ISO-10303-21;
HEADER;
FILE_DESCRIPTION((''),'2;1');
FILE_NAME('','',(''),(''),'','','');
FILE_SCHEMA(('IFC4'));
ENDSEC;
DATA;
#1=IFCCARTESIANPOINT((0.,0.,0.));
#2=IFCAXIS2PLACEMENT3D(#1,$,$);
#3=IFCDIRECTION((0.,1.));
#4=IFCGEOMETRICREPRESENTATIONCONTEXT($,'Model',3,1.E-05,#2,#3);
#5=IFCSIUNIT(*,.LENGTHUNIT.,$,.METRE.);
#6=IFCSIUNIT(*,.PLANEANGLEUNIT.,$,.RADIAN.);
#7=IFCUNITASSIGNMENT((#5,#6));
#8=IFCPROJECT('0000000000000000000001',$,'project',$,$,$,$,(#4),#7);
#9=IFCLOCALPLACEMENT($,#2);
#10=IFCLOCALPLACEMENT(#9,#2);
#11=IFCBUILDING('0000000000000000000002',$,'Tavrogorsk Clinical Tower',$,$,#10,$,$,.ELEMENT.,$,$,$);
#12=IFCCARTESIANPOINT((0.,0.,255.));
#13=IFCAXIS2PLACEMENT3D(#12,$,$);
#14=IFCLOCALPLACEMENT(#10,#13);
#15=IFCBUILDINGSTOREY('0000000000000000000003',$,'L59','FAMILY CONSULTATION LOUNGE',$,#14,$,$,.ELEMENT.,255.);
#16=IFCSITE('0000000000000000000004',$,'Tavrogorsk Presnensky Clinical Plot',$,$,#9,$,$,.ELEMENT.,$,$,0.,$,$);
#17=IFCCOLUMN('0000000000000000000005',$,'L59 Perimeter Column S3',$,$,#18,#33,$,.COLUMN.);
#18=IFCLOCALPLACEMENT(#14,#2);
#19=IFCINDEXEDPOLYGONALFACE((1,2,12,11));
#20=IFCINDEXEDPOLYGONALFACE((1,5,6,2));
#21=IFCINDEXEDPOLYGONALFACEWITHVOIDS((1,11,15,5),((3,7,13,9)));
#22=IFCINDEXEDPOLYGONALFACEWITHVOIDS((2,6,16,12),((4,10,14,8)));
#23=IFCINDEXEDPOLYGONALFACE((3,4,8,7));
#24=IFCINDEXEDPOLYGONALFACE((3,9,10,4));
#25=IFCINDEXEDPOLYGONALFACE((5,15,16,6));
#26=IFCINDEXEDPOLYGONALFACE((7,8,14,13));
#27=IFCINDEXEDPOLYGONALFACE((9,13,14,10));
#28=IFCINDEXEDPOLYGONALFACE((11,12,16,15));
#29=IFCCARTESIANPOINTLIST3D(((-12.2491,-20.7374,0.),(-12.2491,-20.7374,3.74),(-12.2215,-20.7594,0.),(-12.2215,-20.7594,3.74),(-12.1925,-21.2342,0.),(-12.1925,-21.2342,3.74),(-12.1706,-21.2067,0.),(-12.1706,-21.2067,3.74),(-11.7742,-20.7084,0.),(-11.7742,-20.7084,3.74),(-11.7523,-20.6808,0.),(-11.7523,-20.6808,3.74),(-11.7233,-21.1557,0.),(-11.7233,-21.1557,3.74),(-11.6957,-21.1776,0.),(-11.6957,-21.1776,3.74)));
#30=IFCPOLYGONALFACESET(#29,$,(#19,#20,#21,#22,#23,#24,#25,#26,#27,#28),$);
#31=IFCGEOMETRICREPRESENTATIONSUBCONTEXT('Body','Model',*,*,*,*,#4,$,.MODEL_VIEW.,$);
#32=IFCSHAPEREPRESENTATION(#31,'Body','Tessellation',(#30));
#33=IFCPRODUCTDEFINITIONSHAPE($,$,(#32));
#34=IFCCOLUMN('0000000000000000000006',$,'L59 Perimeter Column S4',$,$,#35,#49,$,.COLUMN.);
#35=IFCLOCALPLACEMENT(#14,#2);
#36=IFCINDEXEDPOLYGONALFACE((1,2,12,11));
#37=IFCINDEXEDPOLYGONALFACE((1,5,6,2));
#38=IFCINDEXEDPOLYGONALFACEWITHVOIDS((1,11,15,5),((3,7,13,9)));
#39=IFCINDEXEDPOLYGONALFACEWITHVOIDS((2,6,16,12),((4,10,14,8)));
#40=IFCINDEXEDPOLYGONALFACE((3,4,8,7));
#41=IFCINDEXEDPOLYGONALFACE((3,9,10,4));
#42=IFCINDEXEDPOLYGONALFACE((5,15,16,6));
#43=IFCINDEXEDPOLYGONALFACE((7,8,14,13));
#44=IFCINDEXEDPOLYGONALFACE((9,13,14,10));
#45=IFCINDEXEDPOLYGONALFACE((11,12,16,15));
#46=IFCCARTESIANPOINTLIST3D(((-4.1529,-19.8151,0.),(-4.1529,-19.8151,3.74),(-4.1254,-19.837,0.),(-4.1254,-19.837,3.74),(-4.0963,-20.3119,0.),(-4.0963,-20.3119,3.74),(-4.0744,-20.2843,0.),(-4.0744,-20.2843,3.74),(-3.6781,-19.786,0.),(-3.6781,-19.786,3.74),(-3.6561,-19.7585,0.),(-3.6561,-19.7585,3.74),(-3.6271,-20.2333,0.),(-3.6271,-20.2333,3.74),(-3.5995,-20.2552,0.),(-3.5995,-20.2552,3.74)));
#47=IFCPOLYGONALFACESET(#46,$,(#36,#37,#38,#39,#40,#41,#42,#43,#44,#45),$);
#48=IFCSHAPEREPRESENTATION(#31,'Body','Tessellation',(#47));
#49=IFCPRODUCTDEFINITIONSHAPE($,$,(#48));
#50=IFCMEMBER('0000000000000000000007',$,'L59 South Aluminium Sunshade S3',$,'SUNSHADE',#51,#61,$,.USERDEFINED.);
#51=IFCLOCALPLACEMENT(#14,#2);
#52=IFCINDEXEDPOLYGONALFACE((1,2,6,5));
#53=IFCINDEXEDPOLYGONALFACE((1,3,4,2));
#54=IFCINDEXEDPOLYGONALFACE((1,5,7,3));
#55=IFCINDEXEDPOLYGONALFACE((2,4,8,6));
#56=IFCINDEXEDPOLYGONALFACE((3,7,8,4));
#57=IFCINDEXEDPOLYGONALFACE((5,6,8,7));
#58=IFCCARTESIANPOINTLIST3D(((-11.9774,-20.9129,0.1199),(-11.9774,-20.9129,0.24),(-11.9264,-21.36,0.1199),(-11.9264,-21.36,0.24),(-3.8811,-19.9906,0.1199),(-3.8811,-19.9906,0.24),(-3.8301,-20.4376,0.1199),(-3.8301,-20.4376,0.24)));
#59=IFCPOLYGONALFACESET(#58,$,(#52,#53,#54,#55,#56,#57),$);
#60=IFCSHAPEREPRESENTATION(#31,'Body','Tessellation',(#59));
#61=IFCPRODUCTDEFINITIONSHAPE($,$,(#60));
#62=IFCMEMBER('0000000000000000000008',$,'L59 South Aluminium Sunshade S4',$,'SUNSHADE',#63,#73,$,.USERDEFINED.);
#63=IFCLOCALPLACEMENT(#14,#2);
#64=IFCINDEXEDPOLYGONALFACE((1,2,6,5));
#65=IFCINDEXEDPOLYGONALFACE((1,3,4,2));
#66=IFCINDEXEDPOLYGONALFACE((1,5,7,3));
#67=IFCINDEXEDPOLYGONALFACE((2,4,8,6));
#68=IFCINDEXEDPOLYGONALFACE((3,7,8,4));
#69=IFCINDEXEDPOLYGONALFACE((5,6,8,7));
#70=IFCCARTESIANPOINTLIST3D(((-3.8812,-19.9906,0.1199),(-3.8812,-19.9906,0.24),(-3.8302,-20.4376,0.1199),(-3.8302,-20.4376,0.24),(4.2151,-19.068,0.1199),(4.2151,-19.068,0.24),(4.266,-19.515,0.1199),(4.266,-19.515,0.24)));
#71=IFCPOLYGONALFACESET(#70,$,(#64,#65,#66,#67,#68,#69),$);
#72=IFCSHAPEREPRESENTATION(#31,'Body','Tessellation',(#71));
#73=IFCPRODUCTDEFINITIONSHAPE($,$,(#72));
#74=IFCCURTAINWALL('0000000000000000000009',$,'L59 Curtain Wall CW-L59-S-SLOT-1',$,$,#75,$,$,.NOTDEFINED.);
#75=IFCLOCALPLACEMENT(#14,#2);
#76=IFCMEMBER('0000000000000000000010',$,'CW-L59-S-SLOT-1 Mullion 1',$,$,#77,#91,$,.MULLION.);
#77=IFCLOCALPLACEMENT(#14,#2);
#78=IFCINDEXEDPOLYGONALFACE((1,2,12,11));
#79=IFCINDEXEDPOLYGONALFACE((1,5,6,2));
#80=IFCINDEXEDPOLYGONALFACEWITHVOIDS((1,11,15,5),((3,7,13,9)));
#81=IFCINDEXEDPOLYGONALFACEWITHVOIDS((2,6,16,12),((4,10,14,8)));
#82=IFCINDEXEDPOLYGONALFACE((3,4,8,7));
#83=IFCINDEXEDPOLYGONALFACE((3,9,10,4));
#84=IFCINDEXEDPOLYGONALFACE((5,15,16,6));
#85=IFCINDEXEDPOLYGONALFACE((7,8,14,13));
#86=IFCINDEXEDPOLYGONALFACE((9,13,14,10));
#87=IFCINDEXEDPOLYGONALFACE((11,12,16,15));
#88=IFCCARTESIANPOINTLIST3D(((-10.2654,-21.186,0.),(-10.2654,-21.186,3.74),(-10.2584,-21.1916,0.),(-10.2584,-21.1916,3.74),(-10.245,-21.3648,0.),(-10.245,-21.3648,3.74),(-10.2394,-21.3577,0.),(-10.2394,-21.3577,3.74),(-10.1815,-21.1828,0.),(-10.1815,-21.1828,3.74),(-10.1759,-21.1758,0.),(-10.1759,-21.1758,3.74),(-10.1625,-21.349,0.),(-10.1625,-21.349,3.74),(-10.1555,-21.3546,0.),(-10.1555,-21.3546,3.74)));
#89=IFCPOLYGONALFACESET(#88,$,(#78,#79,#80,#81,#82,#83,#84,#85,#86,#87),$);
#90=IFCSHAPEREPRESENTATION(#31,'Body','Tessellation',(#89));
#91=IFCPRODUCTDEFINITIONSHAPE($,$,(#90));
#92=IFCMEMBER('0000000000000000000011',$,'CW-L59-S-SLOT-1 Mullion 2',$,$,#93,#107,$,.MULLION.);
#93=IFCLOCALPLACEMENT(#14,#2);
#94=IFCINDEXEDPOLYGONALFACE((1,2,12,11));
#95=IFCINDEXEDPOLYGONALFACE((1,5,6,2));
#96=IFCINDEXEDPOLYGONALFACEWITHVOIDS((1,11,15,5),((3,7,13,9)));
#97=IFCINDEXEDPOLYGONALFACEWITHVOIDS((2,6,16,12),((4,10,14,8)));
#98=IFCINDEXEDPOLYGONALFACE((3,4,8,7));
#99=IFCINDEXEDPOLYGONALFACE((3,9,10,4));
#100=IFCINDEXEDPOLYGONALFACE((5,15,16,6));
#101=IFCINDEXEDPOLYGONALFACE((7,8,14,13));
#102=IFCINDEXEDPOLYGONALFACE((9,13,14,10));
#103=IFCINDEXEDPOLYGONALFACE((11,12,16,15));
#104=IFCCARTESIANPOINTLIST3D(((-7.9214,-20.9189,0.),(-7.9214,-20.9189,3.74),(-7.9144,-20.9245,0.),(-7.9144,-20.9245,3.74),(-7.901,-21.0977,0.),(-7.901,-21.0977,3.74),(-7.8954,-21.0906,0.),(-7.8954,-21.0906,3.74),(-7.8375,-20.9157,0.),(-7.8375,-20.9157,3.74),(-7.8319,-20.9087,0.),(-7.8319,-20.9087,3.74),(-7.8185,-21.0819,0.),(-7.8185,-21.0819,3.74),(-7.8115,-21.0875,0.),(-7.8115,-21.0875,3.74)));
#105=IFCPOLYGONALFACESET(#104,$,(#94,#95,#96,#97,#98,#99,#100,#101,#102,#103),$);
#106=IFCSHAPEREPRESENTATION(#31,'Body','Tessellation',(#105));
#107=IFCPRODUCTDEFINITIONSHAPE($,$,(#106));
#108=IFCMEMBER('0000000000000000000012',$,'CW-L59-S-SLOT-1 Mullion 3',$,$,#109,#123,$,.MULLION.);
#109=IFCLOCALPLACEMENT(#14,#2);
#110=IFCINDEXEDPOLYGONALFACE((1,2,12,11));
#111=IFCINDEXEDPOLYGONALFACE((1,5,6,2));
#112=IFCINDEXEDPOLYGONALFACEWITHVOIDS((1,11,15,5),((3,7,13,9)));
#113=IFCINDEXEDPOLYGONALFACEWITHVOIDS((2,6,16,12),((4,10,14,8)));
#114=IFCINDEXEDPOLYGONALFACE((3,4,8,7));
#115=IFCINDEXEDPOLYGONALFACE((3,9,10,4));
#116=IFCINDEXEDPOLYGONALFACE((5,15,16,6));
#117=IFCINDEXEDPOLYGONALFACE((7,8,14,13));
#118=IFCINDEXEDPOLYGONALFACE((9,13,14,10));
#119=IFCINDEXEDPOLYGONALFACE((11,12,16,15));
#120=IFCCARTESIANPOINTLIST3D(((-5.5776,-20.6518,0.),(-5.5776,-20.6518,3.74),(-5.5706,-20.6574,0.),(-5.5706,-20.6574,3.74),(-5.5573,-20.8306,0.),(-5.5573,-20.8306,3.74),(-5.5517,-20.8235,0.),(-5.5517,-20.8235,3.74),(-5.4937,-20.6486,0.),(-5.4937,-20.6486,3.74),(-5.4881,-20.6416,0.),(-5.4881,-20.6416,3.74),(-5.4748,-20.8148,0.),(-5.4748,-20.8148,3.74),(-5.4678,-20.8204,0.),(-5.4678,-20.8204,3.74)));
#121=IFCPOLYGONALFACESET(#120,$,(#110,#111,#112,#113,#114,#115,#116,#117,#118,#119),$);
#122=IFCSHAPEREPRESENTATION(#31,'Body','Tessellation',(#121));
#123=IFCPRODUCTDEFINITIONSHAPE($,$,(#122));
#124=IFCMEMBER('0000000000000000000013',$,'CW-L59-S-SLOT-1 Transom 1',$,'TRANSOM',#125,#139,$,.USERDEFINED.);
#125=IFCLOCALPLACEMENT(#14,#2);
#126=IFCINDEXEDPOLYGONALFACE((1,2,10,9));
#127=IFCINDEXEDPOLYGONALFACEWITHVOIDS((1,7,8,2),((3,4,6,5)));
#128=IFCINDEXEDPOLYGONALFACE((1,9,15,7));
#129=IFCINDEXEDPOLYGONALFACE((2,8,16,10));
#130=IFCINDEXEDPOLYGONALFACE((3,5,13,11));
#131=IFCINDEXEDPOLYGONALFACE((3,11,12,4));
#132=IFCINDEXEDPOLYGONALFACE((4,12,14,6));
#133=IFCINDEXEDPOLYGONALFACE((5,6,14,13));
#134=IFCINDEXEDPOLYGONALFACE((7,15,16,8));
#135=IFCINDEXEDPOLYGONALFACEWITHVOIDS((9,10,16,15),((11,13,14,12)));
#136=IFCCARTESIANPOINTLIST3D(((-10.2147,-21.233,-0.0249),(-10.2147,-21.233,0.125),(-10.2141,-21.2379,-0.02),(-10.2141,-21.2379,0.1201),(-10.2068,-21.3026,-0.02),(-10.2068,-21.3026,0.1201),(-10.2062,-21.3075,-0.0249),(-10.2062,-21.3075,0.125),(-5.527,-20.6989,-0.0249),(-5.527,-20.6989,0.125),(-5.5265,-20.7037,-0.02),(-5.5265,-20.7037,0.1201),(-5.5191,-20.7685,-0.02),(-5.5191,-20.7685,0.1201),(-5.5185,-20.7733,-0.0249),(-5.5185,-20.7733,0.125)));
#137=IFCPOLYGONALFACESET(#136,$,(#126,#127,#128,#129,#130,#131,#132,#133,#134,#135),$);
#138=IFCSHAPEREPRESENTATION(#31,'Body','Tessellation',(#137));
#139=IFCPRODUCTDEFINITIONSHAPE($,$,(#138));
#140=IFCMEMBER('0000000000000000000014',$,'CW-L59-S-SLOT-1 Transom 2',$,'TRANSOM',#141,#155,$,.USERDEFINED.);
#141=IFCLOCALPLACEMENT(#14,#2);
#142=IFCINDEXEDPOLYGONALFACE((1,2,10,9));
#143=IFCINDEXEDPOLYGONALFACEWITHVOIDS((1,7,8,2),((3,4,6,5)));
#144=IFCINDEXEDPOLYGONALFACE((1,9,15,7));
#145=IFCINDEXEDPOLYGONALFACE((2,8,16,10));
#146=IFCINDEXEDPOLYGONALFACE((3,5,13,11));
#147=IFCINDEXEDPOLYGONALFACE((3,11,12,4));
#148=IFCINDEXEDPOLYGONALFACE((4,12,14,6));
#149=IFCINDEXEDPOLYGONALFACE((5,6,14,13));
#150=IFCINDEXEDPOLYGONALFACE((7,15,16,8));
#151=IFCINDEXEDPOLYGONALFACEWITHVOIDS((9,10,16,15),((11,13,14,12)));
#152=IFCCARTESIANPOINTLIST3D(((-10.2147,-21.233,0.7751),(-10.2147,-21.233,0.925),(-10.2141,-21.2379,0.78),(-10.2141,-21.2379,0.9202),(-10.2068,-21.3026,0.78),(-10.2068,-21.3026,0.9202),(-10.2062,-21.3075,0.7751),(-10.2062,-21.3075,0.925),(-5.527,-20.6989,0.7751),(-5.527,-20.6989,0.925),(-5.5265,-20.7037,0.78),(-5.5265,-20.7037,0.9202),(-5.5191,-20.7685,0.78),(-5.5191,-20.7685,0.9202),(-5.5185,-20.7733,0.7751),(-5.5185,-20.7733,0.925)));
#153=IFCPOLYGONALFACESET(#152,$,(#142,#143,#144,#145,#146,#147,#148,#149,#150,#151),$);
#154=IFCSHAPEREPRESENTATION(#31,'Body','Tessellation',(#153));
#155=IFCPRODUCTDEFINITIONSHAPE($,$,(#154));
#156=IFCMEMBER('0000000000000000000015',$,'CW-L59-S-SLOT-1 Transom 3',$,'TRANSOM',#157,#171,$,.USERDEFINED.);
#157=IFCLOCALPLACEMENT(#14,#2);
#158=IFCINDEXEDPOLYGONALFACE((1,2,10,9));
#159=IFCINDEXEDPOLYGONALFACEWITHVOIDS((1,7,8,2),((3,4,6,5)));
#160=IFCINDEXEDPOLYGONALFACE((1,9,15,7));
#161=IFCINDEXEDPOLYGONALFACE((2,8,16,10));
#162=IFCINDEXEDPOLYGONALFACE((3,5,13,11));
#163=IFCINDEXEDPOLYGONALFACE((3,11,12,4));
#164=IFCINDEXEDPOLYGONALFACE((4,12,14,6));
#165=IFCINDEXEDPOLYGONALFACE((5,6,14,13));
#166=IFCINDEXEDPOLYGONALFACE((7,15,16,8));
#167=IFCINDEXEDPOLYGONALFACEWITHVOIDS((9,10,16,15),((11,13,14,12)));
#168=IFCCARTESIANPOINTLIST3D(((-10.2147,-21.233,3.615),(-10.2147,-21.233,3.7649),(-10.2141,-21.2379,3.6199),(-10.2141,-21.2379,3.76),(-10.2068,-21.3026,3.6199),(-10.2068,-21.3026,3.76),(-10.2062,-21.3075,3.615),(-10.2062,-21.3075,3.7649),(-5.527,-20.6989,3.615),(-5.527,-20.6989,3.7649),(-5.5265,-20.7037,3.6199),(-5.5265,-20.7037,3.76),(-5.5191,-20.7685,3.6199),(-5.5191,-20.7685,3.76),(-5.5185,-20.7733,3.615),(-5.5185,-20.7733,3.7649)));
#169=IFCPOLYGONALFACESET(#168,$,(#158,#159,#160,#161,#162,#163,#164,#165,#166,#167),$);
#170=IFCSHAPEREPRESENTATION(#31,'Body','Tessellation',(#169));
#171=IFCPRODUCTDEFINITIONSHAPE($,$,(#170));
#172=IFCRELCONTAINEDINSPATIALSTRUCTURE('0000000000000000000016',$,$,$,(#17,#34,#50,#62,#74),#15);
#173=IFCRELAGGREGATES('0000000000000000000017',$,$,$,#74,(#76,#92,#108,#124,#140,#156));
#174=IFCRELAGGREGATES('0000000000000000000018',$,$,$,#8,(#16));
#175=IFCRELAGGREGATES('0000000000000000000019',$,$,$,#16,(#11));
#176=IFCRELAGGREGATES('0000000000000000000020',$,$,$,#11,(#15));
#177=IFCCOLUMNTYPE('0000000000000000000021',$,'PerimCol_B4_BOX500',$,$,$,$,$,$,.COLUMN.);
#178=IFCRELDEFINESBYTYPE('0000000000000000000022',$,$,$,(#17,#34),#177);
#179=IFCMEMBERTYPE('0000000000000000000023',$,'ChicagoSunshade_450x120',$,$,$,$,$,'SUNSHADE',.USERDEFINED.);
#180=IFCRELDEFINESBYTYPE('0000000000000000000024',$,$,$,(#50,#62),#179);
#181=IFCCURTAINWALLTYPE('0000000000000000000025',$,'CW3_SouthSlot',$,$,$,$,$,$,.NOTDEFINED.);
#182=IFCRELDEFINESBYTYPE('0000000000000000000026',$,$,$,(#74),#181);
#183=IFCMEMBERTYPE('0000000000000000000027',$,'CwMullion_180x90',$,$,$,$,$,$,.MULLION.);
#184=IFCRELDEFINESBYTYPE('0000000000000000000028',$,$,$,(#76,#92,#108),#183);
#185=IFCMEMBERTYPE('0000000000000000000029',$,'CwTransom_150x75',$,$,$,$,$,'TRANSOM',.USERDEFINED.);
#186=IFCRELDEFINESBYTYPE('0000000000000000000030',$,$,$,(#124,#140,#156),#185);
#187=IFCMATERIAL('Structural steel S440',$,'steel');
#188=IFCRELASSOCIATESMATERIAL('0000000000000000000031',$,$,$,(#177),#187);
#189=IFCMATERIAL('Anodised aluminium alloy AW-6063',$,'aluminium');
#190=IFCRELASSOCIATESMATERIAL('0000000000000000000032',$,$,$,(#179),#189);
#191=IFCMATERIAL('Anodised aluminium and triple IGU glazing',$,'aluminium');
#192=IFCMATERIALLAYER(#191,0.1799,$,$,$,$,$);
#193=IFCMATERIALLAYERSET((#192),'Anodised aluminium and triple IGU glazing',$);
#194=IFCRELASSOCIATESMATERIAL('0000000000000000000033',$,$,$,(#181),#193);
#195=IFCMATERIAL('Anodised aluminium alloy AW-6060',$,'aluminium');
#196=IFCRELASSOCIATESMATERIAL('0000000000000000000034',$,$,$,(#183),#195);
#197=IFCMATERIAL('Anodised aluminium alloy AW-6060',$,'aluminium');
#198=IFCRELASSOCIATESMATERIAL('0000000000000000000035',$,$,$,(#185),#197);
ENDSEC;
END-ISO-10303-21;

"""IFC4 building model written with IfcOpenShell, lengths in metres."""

from ifc_helpers import new_model, si_unit, direction, frame, origin, origin_2d, place, context, subcontext, project, spatial, rectangle, hollow_rectangle, extrude, material, layer, layer_set, material_profile, profile_set, type_object, element, aggregate, save


model = new_model("IFC4")

# Units and contexts
model_context = context("Model", 3, precision=1e-05, world=origin(), true_north=direction((0.0, 1.0)))
body_context = subcontext(model_context, "Body", "Model", "MODEL_VIEW")
ifc_project = project(units=[si_unit("LENGTHUNIT", "METRE"), si_unit("PLANEANGLEUNIT", "RADIAN")], contexts=[model_context])

# Site, building, storey
site_placement = place(None, origin())
site = spatial("IfcSite", under=ifc_project, at=site_placement, Name="Tavrogorsk Presnensky Clinical Plot", CompositionType="ELEMENT", RefElevation=0.0)
building_placement = place(site_placement, origin())
building = spatial("IfcBuilding", under=site, at=building_placement, Name="Tavrogorsk Clinical Tower", CompositionType="ELEMENT")
storey_placement = place(building_placement, frame((0.0, 0.0, 255.0)))
storey = spatial("IfcBuildingStorey", under=building, at=storey_placement, Name="L59", Description="FAMILY CONSULTATION LOUNGE", CompositionType="ELEMENT", Elevation=255.0)

# Columns
ifc_material_1 = material(Name="Structural steel S440", Category="steel")
ifc_material_profile_1 = material_profile(ifc_material_1, hollow_rectangle(XDim=0.5, YDim=0.5, WallThickness=0.0249, at=origin_2d()), Name="BOX-500x500x25")
ifc_profile_set_1 = profile_set([ifc_material_profile_1], Name="Structural steel S440")
column_type = type_object("IfcColumnType", Name="PerimCol_B4_BOX500", PredefinedType="COLUMN", material=ifc_profile_set_1)
for number, where, z_axis, x_axis, name in (
    (1, (-11.9724, -20.9575, 0.0), (0.0, 0.0, 1.0), (0.993572, 0.113203, 0.0), "L59 Perimeter Column S3"),
    (2, (-3.8762, -20.0352, 0.0), (0.0, 0.0, 1.0), (0.993572, 0.113203, 0.0), "L59 Perimeter Column S4"),
):
    element("IfcColumn", number, at=place(storey_placement, frame(where, z_axis=z_axis, x_axis=x_axis)), inside=storey, type_object=column_type, Name=name, PredefinedType="COLUMN", context=body_context, shape_type="SweptSolid", body=[
        extrude(hollow_rectangle(XDim=0.5, YDim=0.5, WallThickness=0.0249, at=origin_2d()), origin(), (0.0, 0.0, 1.0), 3.74),
    ])

# Members
ifc_material_2 = material(Name="Anodised aluminium alloy AW-6063", Category="aluminium")
ifc_material_profile_2 = material_profile(ifc_material_2, rectangle(XDim=0.45, YDim=0.1201, at=origin_2d()), Name="ALU-SUNSHADE-450x120")
ifc_profile_set_2 = profile_set([ifc_material_profile_2], Name="Anodised aluminium alloy AW-6063")
member_type_1 = type_object("IfcMemberType", Name="ChicagoSunshade_450x120", ElementType="SUNSHADE", PredefinedType="USERDEFINED", material=ifc_profile_set_2)
for number, where, z_axis, x_axis, name in (
    (3, (-11.9519, -21.1365, 0.1799), (0.993573, 0.113193, 0.0), (-0.113193, 0.993573, 0.0), "L59 South Aluminium Sunshade S3"),
    (4, (-3.8557, -20.2141, 0.1799), (0.99357, 0.113223, 0.0), (-0.113223, 0.99357, 0.0), "L59 South Aluminium Sunshade S4"),
):
    element("IfcMember", number, at=place(storey_placement, frame(where, z_axis=z_axis, x_axis=x_axis)), inside=storey, type_object=member_type_1, Name=name, ObjectType="SUNSHADE", PredefinedType="USERDEFINED", context=body_context, shape_type="SweptSolid", body=[
        extrude(rectangle(XDim=0.45, YDim=0.1201, at=origin_2d()), origin(), (0.0, 0.0, 1.0), 8.1487),
    ])

# Curtain wall, members
ifc_material_3 = material(Name="Anodised aluminium and triple IGU glazing", Category="aluminium")
ifc_layer_1 = layer(ifc_material_3, 0.1799)
ifc_layer_set_1 = layer_set([ifc_layer_1], Name="Anodised aluminium and triple IGU glazing")
curtain_wall_type = type_object("IfcCurtainWallType", Name="CW3_SouthSlot", PredefinedType="NOTDEFINED", material=ifc_layer_set_1)
curtain_wall_placement = place(storey_placement, origin())
curtain_wall = element("IfcCurtainWall", 5, at=curtain_wall_placement, inside=storey, type_object=curtain_wall_type, Name="L59 Curtain Wall CW-L59-S-SLOT-1", PredefinedType="NOTDEFINED")
ifc_material_4 = material(Name="Anodised aluminium alloy AW-6060", Category="aluminium")
ifc_material_profile_3 = material_profile(ifc_material_4, hollow_rectangle(XDim=0.0901, YDim=0.1799, WallThickness=0.0063, at=origin_2d()), Name="RHS-180x90x6.3")
ifc_profile_set_3 = profile_set([ifc_material_profile_3], Name="Anodised aluminium alloy AW-6060")
member_type_2 = type_object("IfcMemberType", Name="CwMullion_180x90", PredefinedType="MULLION", material=ifc_profile_set_3)
member_1_placement = place(storey_placement, frame((-10.2104, -21.2703, 0.0), z_axis=(0.0, 0.0, 1.0), x_axis=(0.993572, 0.113203, 0.0)))
member_1 = element("IfcMember", 6, at=member_1_placement, type_object=member_type_2, Name="CW-L59-S-SLOT-1 Mullion 1", PredefinedType="MULLION", context=body_context, shape_type="SweptSolid", body=[
    extrude(hollow_rectangle(XDim=0.0901, YDim=0.1799, WallThickness=0.0063, at=origin_2d()), origin(), (0.0, 0.0, 1.0), 3.74),
])
member_2_placement = place(storey_placement, frame((-7.8665, -21.0032, 0.0), z_axis=(0.0, 0.0, 1.0), x_axis=(0.993572, 0.113203, 0.0)))
member_2 = element("IfcMember", 7, at=member_2_placement, type_object=member_type_2, Name="CW-L59-S-SLOT-1 Mullion 2", PredefinedType="MULLION", context=body_context, shape_type="SweptSolid", body=[
    extrude(hollow_rectangle(XDim=0.0901, YDim=0.1799, WallThickness=0.0063, at=origin_2d()), origin(), (0.0, 0.0, 1.0), 3.74),
])
member_3_placement = place(storey_placement, frame((-5.5227, -20.7361, 0.0), z_axis=(0.0, 0.0, 1.0), x_axis=(0.993572, 0.113203, 0.0)))
member_3 = element("IfcMember", 8, at=member_3_placement, type_object=member_type_2, Name="CW-L59-S-SLOT-1 Mullion 3", PredefinedType="MULLION", context=body_context, shape_type="SweptSolid", body=[
    extrude(hollow_rectangle(XDim=0.0901, YDim=0.1799, WallThickness=0.0063, at=origin_2d()), origin(), (0.0, 0.0, 1.0), 3.74),
])
ifc_material_5 = material(Name="Anodised aluminium alloy AW-6060", Category="aluminium")
ifc_material_profile_4 = material_profile(ifc_material_5, hollow_rectangle(XDim=0.075, YDim=0.1499, WallThickness=0.0049, at=origin_2d()), Name="RHS-150x75x5")
ifc_profile_set_4 = profile_set([ifc_material_profile_4], Name="Anodised aluminium alloy AW-6060")
member_type_3 = type_object("IfcMemberType", Name="CwTransom_150x75", ElementType="TRANSOM", PredefinedType="USERDEFINED", material=ifc_profile_set_4)
member_4_placement = place(storey_placement, frame((-10.2104, -21.2703, 0.05), z_axis=(0.99357, 0.11322, 0.0), x_axis=(-0.11322, 0.99357, 0.0)))
member_4 = element("IfcMember", 9, at=member_4_placement, type_object=member_type_3, Name="CW-L59-S-SLOT-1 Transom 1", ObjectType="TRANSOM", PredefinedType="USERDEFINED", context=body_context, shape_type="SweptSolid", body=[
    extrude(hollow_rectangle(XDim=0.075, YDim=0.1499, WallThickness=0.0049, at=origin_2d()), origin(), (0.0, 0.0, 1.0), 4.718),
])
member_5_placement = place(storey_placement, frame((-10.2104, -21.2703, 0.8501), z_axis=(0.99357, 0.11322, 0.0), x_axis=(-0.11322, 0.99357, 0.0)))
member_5 = element("IfcMember", 10, at=member_5_placement, type_object=member_type_3, Name="CW-L59-S-SLOT-1 Transom 2", ObjectType="TRANSOM", PredefinedType="USERDEFINED", context=body_context, shape_type="SweptSolid", body=[
    extrude(hollow_rectangle(XDim=0.075, YDim=0.1499, WallThickness=0.0049, at=origin_2d()), origin(), (0.0, 0.0, 1.0), 4.718),
])
member_6_placement = place(storey_placement, frame((-10.2104, -21.2703, 3.6899), z_axis=(0.99357, 0.11322, 0.0), x_axis=(-0.11322, 0.99357, 0.0)))
member_6 = element("IfcMember", 11, at=member_6_placement, type_object=member_type_3, Name="CW-L59-S-SLOT-1 Transom 3", ObjectType="TRANSOM", PredefinedType="USERDEFINED", context=body_context, shape_type="SweptSolid", body=[
    extrude(hollow_rectangle(XDim=0.075, YDim=0.1499, WallThickness=0.0049, at=origin_2d()), origin(), (0.0, 0.0, 1.0), 4.718),
])

aggregate(curtain_wall, [member_1, member_2, member_3, member_4, member_5, member_6])

save(model, "model.ifc")
